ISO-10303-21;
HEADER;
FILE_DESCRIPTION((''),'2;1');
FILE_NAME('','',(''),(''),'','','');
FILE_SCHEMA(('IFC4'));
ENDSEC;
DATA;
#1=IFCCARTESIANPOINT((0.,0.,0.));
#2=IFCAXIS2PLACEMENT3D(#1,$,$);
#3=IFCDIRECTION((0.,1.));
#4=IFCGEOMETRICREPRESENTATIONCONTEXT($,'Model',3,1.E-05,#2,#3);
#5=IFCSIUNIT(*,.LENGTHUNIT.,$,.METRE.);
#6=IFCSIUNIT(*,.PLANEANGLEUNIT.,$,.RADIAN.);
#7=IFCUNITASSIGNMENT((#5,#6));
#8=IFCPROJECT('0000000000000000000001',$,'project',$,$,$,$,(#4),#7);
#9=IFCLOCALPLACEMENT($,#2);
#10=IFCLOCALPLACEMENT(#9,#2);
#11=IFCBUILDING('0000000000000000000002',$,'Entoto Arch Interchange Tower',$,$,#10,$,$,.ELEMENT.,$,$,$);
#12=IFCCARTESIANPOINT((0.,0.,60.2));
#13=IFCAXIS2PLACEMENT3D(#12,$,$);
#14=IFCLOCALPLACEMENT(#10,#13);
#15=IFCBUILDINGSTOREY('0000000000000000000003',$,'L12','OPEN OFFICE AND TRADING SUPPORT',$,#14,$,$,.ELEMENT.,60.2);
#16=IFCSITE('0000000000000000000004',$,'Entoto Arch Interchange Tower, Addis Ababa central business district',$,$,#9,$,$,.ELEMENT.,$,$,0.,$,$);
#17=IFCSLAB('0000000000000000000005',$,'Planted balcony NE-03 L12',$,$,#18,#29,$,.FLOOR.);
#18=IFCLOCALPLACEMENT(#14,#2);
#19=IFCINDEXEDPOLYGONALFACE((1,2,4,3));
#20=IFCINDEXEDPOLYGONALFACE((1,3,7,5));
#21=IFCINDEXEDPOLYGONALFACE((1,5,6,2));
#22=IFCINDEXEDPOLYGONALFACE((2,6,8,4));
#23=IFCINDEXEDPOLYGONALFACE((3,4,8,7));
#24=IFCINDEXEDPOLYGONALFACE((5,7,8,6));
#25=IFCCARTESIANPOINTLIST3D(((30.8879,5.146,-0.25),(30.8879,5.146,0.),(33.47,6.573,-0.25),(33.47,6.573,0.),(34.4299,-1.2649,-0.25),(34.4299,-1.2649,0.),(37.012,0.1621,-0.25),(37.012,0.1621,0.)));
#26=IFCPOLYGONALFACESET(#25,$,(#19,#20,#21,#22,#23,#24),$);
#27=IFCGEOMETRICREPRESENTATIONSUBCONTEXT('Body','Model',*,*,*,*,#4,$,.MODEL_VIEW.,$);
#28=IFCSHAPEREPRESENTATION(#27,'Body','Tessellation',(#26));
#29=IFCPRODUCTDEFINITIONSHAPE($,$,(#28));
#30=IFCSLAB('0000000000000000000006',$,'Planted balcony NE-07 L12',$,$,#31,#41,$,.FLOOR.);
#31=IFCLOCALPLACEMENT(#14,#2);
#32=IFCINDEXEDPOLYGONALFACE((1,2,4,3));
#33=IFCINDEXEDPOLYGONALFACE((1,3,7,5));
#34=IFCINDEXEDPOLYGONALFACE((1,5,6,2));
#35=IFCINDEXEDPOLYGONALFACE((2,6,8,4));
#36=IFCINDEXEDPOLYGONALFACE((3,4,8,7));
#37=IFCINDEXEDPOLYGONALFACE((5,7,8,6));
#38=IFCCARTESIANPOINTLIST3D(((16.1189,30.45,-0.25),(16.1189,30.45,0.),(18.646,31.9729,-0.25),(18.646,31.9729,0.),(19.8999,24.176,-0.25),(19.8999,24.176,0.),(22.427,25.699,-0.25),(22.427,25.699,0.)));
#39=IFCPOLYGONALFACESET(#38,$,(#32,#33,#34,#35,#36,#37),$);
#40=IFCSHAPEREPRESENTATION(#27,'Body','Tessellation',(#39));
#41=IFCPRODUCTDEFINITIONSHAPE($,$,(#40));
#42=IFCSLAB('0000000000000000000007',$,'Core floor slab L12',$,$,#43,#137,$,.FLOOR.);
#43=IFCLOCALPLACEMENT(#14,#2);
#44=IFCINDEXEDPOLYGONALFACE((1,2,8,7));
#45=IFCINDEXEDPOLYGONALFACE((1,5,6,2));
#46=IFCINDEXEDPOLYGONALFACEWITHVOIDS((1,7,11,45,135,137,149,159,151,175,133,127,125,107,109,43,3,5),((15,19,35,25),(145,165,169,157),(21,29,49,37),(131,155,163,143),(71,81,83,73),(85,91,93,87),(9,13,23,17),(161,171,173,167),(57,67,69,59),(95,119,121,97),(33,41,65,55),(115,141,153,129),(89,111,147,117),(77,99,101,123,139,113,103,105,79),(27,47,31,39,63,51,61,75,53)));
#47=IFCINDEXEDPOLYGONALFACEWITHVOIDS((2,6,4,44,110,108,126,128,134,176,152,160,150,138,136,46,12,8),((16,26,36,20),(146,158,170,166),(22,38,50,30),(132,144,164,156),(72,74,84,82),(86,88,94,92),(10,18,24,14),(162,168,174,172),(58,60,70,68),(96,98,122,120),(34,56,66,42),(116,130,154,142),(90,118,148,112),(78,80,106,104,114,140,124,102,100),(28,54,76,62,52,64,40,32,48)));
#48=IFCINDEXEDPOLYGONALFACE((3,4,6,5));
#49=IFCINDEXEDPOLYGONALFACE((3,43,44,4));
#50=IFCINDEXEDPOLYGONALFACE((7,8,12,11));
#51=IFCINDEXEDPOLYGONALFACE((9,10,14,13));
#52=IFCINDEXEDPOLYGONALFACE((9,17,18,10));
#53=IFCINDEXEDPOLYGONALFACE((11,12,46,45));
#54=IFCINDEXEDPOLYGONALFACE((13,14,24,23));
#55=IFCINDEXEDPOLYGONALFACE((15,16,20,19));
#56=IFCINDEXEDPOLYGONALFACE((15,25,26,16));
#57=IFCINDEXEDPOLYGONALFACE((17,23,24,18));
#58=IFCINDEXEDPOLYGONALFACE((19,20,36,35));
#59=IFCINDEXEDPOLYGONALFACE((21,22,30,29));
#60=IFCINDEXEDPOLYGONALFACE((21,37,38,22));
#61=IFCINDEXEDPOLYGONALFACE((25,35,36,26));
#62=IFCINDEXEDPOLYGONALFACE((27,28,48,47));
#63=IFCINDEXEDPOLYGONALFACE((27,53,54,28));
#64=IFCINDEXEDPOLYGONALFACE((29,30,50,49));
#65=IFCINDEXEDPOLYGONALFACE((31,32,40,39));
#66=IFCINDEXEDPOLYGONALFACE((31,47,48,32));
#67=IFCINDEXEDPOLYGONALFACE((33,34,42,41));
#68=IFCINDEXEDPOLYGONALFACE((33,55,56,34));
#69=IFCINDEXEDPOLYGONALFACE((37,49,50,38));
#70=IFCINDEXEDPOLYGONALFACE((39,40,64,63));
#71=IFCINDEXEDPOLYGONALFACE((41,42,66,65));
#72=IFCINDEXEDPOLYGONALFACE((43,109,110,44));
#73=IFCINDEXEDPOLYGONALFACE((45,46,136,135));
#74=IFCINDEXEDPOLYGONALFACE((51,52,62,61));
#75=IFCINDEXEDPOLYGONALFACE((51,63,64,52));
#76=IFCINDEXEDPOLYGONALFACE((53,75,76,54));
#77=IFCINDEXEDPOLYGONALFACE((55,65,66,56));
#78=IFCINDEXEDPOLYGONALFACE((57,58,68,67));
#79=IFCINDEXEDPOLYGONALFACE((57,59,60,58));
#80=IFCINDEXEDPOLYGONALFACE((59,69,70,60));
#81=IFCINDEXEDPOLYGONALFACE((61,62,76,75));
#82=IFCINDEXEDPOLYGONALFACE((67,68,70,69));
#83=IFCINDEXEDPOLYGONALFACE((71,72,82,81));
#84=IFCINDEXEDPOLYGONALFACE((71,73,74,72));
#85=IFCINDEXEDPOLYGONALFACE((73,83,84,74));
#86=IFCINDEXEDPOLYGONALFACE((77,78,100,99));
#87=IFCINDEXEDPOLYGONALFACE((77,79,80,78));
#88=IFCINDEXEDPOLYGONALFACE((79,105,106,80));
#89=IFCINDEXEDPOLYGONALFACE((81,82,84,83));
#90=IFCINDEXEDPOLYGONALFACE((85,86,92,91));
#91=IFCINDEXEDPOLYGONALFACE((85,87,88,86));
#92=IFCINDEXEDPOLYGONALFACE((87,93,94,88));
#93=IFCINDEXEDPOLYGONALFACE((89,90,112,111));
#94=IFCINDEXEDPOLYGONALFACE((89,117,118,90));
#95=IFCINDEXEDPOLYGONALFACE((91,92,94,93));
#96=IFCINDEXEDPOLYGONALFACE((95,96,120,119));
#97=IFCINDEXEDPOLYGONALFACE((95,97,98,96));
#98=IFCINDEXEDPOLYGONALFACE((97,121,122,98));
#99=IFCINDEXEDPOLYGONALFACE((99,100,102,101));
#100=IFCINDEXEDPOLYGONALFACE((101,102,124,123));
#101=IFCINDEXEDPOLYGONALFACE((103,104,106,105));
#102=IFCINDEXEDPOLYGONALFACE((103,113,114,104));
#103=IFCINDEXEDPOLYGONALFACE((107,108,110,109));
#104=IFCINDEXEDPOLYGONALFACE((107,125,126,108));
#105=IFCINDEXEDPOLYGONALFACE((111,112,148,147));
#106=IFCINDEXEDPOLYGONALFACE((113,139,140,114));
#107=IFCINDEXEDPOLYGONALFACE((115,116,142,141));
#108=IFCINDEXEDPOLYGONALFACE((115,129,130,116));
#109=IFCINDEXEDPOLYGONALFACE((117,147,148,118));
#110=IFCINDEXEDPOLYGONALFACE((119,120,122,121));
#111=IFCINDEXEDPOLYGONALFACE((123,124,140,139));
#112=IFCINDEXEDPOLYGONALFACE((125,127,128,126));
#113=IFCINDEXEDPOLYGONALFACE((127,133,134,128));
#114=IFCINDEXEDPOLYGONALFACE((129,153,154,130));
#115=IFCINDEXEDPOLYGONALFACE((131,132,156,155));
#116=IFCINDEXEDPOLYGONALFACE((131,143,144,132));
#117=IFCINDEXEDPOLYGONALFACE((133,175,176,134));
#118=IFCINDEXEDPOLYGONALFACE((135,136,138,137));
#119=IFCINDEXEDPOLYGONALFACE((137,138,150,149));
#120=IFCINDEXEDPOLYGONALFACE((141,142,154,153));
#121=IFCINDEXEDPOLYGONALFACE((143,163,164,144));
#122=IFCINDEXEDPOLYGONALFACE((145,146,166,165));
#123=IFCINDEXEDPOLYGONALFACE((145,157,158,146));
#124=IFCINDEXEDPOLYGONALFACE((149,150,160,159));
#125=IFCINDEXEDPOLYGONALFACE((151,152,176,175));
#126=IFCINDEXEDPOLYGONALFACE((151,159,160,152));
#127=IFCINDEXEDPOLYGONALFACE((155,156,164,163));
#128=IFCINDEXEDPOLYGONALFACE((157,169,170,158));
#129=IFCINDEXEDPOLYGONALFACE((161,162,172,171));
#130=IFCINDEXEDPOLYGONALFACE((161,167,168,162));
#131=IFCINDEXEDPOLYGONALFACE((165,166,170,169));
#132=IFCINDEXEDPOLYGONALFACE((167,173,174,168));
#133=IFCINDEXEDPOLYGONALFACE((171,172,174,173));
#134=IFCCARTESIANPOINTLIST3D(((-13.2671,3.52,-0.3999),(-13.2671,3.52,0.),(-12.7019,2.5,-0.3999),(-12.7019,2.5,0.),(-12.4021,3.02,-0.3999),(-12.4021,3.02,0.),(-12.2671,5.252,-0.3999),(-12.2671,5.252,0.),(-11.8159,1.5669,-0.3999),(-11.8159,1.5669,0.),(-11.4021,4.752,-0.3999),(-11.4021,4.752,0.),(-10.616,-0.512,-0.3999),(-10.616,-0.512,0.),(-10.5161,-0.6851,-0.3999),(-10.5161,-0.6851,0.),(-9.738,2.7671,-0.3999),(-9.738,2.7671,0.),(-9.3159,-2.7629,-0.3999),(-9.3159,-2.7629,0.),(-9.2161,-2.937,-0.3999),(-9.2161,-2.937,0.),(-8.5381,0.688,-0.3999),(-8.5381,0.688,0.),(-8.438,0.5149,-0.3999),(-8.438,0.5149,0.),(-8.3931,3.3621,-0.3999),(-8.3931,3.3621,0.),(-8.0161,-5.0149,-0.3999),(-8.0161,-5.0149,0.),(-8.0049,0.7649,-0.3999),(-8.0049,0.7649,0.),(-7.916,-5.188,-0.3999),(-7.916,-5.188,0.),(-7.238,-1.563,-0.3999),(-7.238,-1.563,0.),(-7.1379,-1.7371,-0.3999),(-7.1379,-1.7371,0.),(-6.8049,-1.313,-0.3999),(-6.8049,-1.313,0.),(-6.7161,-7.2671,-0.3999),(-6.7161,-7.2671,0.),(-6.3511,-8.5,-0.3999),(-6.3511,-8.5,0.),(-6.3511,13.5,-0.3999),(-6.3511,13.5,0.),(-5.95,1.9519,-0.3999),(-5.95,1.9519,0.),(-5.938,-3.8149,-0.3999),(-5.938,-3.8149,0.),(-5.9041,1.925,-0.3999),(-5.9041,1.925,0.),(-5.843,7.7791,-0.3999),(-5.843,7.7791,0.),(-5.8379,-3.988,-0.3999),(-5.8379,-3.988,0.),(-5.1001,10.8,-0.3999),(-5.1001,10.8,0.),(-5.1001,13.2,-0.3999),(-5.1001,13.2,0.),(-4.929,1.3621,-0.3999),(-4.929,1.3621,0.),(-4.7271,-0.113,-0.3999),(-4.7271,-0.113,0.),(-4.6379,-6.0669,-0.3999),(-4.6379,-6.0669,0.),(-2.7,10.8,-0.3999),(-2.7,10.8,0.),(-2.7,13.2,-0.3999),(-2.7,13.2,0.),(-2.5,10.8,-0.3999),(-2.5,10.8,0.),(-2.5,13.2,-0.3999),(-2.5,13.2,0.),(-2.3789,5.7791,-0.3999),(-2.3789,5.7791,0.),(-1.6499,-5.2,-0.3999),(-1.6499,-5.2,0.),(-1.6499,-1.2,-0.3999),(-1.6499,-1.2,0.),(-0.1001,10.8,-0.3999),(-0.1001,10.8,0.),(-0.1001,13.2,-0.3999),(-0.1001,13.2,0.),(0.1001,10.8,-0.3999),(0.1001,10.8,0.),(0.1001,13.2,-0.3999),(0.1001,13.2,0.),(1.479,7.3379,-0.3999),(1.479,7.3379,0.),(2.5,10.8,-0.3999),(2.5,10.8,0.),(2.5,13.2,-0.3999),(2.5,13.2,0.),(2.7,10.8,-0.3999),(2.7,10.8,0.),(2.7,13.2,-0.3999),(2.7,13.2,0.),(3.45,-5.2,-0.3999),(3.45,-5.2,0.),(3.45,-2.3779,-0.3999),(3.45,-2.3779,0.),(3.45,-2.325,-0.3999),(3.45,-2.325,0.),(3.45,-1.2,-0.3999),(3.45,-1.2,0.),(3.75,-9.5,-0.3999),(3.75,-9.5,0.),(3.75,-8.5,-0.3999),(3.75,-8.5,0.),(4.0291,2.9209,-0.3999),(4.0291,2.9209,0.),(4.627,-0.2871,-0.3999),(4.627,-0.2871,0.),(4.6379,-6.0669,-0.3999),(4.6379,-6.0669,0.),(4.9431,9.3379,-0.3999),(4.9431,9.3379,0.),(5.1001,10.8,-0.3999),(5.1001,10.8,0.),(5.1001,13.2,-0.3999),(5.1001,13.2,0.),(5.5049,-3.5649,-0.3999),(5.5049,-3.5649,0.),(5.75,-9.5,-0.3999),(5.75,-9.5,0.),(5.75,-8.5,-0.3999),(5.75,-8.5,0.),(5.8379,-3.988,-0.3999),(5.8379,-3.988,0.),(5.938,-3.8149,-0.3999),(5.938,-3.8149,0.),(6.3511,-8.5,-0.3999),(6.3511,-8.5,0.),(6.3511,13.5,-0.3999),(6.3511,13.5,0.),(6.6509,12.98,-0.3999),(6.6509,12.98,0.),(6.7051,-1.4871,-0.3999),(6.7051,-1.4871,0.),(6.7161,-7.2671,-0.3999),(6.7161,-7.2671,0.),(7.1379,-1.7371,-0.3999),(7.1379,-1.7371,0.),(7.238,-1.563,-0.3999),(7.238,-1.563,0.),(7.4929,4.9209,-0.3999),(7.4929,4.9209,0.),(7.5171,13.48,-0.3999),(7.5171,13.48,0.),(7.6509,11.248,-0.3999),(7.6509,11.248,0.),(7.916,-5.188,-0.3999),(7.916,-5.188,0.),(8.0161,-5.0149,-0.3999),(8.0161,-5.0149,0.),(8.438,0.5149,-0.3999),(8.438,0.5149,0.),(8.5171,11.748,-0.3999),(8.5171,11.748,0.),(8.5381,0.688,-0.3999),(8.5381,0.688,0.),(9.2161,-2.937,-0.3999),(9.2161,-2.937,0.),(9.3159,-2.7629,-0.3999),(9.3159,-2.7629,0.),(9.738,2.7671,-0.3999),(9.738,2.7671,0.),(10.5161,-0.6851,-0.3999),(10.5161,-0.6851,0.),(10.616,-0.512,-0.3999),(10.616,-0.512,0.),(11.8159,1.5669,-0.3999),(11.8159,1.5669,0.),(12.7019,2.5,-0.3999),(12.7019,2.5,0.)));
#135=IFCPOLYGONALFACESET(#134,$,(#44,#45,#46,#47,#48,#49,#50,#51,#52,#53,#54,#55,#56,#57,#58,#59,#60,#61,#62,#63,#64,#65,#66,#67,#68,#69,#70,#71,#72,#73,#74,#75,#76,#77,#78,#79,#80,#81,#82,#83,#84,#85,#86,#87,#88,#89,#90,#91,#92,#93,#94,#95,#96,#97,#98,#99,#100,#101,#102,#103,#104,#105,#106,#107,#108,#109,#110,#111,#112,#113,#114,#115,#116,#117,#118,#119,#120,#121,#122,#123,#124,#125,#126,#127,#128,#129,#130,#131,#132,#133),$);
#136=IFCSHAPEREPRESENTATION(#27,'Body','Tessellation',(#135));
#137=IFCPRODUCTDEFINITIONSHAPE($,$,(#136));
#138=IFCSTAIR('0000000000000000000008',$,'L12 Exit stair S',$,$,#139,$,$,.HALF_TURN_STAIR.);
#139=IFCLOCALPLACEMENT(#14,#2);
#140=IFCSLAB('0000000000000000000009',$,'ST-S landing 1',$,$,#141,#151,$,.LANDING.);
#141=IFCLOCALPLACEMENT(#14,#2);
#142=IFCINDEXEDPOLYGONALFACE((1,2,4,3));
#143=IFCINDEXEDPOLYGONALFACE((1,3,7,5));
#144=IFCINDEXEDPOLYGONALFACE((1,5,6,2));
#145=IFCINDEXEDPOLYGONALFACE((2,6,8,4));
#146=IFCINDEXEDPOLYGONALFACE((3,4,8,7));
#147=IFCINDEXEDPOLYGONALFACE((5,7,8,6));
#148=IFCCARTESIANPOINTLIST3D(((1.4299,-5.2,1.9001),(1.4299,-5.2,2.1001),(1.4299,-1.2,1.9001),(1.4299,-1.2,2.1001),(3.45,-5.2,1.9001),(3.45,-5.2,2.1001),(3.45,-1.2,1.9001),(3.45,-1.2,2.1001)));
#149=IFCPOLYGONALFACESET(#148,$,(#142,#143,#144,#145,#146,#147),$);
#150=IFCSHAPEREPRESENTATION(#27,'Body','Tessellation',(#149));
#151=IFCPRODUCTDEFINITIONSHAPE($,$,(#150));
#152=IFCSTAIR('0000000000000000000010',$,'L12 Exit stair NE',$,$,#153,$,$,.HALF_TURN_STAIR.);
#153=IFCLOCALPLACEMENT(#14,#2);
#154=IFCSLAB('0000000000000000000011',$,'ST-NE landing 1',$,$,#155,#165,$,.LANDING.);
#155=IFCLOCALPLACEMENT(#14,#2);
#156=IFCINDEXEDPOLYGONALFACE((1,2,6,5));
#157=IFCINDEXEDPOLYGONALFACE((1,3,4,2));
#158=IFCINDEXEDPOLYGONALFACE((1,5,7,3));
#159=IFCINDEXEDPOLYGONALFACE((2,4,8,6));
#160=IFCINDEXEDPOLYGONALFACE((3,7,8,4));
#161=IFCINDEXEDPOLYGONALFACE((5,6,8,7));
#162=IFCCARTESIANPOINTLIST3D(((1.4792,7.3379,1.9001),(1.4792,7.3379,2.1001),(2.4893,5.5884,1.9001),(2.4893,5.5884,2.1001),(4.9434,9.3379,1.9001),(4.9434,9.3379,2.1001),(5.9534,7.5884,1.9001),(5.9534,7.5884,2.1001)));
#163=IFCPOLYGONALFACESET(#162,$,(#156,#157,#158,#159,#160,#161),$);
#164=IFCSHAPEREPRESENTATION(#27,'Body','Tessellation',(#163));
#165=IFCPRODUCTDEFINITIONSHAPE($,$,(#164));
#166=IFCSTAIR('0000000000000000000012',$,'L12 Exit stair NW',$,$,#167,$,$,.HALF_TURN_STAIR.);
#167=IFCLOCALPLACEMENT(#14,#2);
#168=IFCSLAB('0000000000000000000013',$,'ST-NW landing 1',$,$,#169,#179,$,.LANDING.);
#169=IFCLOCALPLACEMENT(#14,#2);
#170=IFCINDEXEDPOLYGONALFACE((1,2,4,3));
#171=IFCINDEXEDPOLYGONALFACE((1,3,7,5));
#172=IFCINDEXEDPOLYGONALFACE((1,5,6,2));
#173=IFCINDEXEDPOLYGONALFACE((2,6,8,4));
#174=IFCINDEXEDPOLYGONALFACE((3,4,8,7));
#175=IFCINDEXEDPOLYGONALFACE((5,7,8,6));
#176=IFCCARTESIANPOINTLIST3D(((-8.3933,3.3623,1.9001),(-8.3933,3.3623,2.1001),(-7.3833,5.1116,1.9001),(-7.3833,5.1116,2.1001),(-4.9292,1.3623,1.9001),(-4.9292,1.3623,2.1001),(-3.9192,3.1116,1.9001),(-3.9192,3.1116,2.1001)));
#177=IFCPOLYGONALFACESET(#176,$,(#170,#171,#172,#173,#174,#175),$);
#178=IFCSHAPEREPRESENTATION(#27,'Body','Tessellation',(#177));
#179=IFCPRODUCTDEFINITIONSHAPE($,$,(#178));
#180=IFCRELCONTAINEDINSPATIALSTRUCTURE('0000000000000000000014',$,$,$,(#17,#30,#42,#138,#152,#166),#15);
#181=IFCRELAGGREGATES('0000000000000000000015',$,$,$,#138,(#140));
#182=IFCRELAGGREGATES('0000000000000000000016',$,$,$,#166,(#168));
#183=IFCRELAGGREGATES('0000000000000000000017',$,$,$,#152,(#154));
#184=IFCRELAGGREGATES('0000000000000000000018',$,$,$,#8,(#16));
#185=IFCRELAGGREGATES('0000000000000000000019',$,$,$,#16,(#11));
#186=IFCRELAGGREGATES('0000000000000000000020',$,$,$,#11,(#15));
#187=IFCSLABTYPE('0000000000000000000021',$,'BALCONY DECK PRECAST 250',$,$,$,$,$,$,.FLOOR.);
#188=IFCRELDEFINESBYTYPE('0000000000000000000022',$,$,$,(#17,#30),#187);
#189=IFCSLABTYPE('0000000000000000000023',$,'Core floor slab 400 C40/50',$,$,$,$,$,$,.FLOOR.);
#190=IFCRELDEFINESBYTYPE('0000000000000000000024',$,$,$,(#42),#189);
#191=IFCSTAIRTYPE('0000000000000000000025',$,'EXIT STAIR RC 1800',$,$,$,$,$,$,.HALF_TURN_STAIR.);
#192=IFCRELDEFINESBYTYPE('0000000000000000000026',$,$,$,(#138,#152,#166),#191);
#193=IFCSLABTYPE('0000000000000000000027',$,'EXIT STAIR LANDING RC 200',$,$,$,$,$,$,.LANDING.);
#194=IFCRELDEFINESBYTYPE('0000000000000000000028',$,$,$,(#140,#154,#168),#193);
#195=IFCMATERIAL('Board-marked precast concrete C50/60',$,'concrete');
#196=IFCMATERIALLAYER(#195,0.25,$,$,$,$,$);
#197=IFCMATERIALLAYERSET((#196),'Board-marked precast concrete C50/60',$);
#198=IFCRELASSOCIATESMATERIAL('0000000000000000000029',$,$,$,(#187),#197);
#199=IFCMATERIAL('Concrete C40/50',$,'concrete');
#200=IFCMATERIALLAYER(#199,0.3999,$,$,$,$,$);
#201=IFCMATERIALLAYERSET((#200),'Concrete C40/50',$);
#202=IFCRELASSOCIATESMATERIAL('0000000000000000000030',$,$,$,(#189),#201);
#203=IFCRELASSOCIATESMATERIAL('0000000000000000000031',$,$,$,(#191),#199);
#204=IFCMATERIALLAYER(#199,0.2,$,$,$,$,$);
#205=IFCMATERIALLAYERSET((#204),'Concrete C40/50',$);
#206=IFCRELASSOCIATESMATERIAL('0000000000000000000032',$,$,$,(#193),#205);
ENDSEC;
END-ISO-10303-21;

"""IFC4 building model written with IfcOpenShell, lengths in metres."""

from ifc_helpers import new_model, si_unit, direction, frame, origin, place, context, subcontext, project, spatial, polyline, outline, extrude, material, layer, layer_set, type_object, element, aggregate, save


model = new_model("IFC4")

# Units and contexts
model_context = context("Model", 3, precision=1e-05, world=origin(), true_north=direction((0.0, 1.0)))
body_context = subcontext(model_context, "Body", "Model", "MODEL_VIEW")
ifc_project = project(units=[si_unit("LENGTHUNIT", "METRE"), si_unit("PLANEANGLEUNIT", "RADIAN")], contexts=[model_context])

# Site, building, storey
site_placement = place(None, origin())
site = spatial("IfcSite", under=ifc_project, at=site_placement, Name="Entoto Arch Interchange Tower, Addis Ababa central business district", CompositionType="ELEMENT", RefElevation=0.0)
building_placement = place(site_placement, origin())
building = spatial("IfcBuilding", under=site, at=building_placement, Name="Entoto Arch Interchange Tower", CompositionType="ELEMENT")
storey_placement = place(building_placement, frame((0.0, 0.0, 60.2)))
storey = spatial("IfcBuildingStorey", under=building, at=storey_placement, Name="L12", Description="OPEN OFFICE AND TRADING SUPPORT", CompositionType="ELEMENT", Elevation=60.2)

# Slabs
ifc_material_1 = material(Name="Board-marked precast concrete C50/60", Category="concrete")
ifc_layer_1 = layer(ifc_material_1, 0.25)
ifc_layer_set_1 = layer_set([ifc_layer_1], Name="Board-marked precast concrete C50/60")
slab_type_1 = type_object("IfcSlabType", Name="BALCONY DECK PRECAST 250", PredefinedType="FLOOR", material=ifc_layer_set_1)
slab_1_placement = place(storey_placement, frame((0.0, 0.0, -0.25)))
element("IfcSlab", 1, at=slab_1_placement, inside=storey, type_object=slab_type_1, Name="Planted balcony NE-03 L12", PredefinedType="FLOOR", context=body_context, shape_type="SweptSolid", body=[
    extrude(outline(polyline([(34.4299, -1.2649), (30.8879, 5.146), (33.47, 6.573), (37.012, 0.1621), (34.4299, -1.2649)])), origin(), (0.0, 0.0, 1.0), 0.25),
])
slab_2_placement = place(storey_placement, frame((0.0, 0.0, -0.25)))
element("IfcSlab", 2, at=slab_2_placement, inside=storey, type_object=slab_type_1, Name="Planted balcony NE-07 L12", PredefinedType="FLOOR", context=body_context, shape_type="SweptSolid", body=[
    extrude(outline(polyline([(19.8999, 24.176), (16.1189, 30.45), (18.646, 31.9729), (22.427, 25.699), (19.8999, 24.176)])), origin(), (0.0, 0.0, 1.0), 0.25),
])
ifc_material_2 = material(Name="Concrete C40/50", Category="concrete")
ifc_layer_2 = layer(ifc_material_2, 0.3999)
ifc_layer_set_2 = layer_set([ifc_layer_2], Name="Concrete C40/50")
slab_type_2 = type_object("IfcSlabType", Name="Core floor slab 400 C40/50", PredefinedType="FLOOR", material=ifc_layer_set_2)
slab_3_placement = place(storey_placement, frame((0.0, 0.0, -0.3999)))
element("IfcSlab", 3, at=slab_3_placement, inside=storey, type_object=slab_type_2, Name="Core floor slab L12", PredefinedType="FLOOR", context=body_context, shape_type="SweptSolid", body=[
    extrude(outline(polyline([(5.75, -9.5), (3.75, -9.5), (3.75, -8.5), (-6.3511, -8.5), (-12.7019, 2.5), (-12.4021, 3.02), (-13.2671, 3.52), (-12.2671, 5.252), (-11.4021, 4.752), (-6.3511, 13.5), (6.3511, 13.5), (6.6509, 12.98), (7.5171, 13.48), (8.5171, 11.748), (7.6509, 11.248), (12.7019, 2.5), (6.3511, -8.5), (5.75, -8.5), (5.75, -9.5)]), holes=[polyline([(-4.6379, -6.0669), (-5.8379, -3.988), (-7.916, -5.188), (-6.7161, -7.2671), (-4.6379, -6.0669)]), polyline([(-5.938, -3.8149), (-7.1379, -1.7371), (-9.2161, -2.937), (-8.0161, -5.0149), (-5.938, -3.8149)]), polyline([(5.5049, -3.5649), (6.7051, -1.4871), (4.627, -0.2871), (3.45, -2.325), (3.45, -1.2), (-1.6499, -1.2), (-1.6499, -5.2), (3.45, -5.2), (3.45, -2.3779), (5.5049, -3.5649)]), polyline([(-7.238, -1.563), (-8.438, 0.5149), (-10.5161, -0.6851), (-9.3159, -2.7629), (-7.238, -1.563)]), polyline([(-4.7271, -0.113), (-5.9041, 1.925), (-4.929, 1.3621), (-2.3789, 5.7791), (-5.843, 7.7791), (-8.3931, 3.3621), (-5.95, 1.9519), (-8.0049, 0.7649), (-6.8049, -1.313), (-4.7271, -0.113)]), polyline([(-8.5381, 0.688), (-9.738, 2.7671), (-11.8159, 1.5669), (-10.616, -0.512), (-8.5381, 0.688)]), polyline([(-5.1001, 10.8), (-2.7, 10.8), (-2.7, 13.2), (-5.1001, 13.2), (-5.1001, 10.8)]), polyline([(-2.5, 10.8), (-0.1001, 10.8), (-0.1001, 13.2), (-2.5, 13.2), (-2.5, 10.8)]), polyline([(5.8379, -3.988), (4.6379, -6.0669), (6.7161, -7.2671), (7.916, -5.188), (5.8379, -3.988)]), polyline([(7.1379, -1.7371), (5.938, -3.8149), (8.0161, -5.0149), (9.2161, -2.937), (7.1379, -1.7371)]), polyline([(8.438, 0.5149), (7.238, -1.563), (9.3159, -2.7629), (10.5161, -0.6851), (8.438, 0.5149)]), polyline([(9.738, 2.7671), (8.5381, 0.688), (10.616, -0.512), (11.8159, 1.5669), (9.738, 2.7671)]), polyline([(4.0291, 2.9209), (7.4929, 4.9209), (4.9431, 9.3379), (1.479, 7.3379), (4.0291, 2.9209)]), polyline([(0.1001, 13.2), (0.1001, 10.8), (2.5, 10.8), (2.5, 13.2), (0.1001, 13.2)]), polyline([(2.7, 13.2), (2.7, 10.8), (5.1001, 10.8), (5.1001, 13.2), (2.7, 13.2)])]), origin(), (0.0, 0.0, 1.0), 0.3999),
])

# Stairs, slabs
stair_type = type_object("IfcStairType", Name="EXIT STAIR RC 1800", PredefinedType="HALF_TURN_STAIR", material=ifc_material_2)
stair_1_placement = place(storey_placement, origin())
stair_1 = element("IfcStair", 4, at=stair_1_placement, inside=storey, type_object=stair_type, Name="L12 Exit stair S", PredefinedType="HALF_TURN_STAIR")
ifc_layer_3 = layer(ifc_material_2, 0.2)
ifc_layer_set_3 = layer_set([ifc_layer_3], Name="Concrete C40/50")
slab_type_3 = type_object("IfcSlabType", Name="EXIT STAIR LANDING RC 200", PredefinedType="LANDING", material=ifc_layer_set_3)
slab_4_placement = place(storey_placement, frame((0.0, 0.0, 1.9001)))
slab_4 = element("IfcSlab", 5, at=slab_4_placement, type_object=slab_type_3, Name="ST-S landing 1", PredefinedType="LANDING", context=body_context, shape_type="SweptSolid", body=[
    extrude(outline(polyline([(1.4299, -5.2), (3.45, -5.2), (3.45, -1.2), (1.4299, -1.2), (1.4299, -5.2)])), origin(), (0.0, 0.0, 1.0), 0.2),
])
aggregate(stair_1, [slab_4])
stair_2_placement = place(storey_placement, origin())
stair_2 = element("IfcStair", 6, at=stair_2_placement, inside=storey, type_object=stair_type, Name="L12 Exit stair NE", PredefinedType="HALF_TURN_STAIR")
slab_5_placement = place(storey_placement, frame((0.0, 0.0, 1.9001)))
slab_5 = element("IfcSlab", 7, at=slab_5_placement, type_object=slab_type_3, Name="ST-NE landing 1", PredefinedType="LANDING", context=body_context, shape_type="SweptSolid", body=[
    extrude(outline(polyline([(5.9534, 7.5884), (4.9434, 9.3379), (1.4792, 7.3379), (2.4893, 5.5884), (5.9534, 7.5884)])), origin(), (0.0, 0.0, 1.0), 0.2),
])
stair_3_placement = place(storey_placement, origin())
stair_3 = element("IfcStair", 8, at=stair_3_placement, inside=storey, type_object=stair_type, Name="L12 Exit stair NW", PredefinedType="HALF_TURN_STAIR")
slab_6_placement = place(storey_placement, frame((0.0, 0.0, 1.9001)))
slab_6 = element("IfcSlab", 9, at=slab_6_placement, type_object=slab_type_3, Name="ST-NW landing 1", PredefinedType="LANDING", context=body_context, shape_type="SweptSolid", body=[
    extrude(outline(polyline([(-7.3833, 5.1116), (-8.3933, 3.3623), (-4.9292, 1.3623), (-3.9192, 3.1116), (-7.3833, 5.1116)])), origin(), (0.0, 0.0, 1.0), 0.2),
])
aggregate(stair_3, [slab_6])

aggregate(stair_2, [slab_5])

save(model, "model.ifc")
